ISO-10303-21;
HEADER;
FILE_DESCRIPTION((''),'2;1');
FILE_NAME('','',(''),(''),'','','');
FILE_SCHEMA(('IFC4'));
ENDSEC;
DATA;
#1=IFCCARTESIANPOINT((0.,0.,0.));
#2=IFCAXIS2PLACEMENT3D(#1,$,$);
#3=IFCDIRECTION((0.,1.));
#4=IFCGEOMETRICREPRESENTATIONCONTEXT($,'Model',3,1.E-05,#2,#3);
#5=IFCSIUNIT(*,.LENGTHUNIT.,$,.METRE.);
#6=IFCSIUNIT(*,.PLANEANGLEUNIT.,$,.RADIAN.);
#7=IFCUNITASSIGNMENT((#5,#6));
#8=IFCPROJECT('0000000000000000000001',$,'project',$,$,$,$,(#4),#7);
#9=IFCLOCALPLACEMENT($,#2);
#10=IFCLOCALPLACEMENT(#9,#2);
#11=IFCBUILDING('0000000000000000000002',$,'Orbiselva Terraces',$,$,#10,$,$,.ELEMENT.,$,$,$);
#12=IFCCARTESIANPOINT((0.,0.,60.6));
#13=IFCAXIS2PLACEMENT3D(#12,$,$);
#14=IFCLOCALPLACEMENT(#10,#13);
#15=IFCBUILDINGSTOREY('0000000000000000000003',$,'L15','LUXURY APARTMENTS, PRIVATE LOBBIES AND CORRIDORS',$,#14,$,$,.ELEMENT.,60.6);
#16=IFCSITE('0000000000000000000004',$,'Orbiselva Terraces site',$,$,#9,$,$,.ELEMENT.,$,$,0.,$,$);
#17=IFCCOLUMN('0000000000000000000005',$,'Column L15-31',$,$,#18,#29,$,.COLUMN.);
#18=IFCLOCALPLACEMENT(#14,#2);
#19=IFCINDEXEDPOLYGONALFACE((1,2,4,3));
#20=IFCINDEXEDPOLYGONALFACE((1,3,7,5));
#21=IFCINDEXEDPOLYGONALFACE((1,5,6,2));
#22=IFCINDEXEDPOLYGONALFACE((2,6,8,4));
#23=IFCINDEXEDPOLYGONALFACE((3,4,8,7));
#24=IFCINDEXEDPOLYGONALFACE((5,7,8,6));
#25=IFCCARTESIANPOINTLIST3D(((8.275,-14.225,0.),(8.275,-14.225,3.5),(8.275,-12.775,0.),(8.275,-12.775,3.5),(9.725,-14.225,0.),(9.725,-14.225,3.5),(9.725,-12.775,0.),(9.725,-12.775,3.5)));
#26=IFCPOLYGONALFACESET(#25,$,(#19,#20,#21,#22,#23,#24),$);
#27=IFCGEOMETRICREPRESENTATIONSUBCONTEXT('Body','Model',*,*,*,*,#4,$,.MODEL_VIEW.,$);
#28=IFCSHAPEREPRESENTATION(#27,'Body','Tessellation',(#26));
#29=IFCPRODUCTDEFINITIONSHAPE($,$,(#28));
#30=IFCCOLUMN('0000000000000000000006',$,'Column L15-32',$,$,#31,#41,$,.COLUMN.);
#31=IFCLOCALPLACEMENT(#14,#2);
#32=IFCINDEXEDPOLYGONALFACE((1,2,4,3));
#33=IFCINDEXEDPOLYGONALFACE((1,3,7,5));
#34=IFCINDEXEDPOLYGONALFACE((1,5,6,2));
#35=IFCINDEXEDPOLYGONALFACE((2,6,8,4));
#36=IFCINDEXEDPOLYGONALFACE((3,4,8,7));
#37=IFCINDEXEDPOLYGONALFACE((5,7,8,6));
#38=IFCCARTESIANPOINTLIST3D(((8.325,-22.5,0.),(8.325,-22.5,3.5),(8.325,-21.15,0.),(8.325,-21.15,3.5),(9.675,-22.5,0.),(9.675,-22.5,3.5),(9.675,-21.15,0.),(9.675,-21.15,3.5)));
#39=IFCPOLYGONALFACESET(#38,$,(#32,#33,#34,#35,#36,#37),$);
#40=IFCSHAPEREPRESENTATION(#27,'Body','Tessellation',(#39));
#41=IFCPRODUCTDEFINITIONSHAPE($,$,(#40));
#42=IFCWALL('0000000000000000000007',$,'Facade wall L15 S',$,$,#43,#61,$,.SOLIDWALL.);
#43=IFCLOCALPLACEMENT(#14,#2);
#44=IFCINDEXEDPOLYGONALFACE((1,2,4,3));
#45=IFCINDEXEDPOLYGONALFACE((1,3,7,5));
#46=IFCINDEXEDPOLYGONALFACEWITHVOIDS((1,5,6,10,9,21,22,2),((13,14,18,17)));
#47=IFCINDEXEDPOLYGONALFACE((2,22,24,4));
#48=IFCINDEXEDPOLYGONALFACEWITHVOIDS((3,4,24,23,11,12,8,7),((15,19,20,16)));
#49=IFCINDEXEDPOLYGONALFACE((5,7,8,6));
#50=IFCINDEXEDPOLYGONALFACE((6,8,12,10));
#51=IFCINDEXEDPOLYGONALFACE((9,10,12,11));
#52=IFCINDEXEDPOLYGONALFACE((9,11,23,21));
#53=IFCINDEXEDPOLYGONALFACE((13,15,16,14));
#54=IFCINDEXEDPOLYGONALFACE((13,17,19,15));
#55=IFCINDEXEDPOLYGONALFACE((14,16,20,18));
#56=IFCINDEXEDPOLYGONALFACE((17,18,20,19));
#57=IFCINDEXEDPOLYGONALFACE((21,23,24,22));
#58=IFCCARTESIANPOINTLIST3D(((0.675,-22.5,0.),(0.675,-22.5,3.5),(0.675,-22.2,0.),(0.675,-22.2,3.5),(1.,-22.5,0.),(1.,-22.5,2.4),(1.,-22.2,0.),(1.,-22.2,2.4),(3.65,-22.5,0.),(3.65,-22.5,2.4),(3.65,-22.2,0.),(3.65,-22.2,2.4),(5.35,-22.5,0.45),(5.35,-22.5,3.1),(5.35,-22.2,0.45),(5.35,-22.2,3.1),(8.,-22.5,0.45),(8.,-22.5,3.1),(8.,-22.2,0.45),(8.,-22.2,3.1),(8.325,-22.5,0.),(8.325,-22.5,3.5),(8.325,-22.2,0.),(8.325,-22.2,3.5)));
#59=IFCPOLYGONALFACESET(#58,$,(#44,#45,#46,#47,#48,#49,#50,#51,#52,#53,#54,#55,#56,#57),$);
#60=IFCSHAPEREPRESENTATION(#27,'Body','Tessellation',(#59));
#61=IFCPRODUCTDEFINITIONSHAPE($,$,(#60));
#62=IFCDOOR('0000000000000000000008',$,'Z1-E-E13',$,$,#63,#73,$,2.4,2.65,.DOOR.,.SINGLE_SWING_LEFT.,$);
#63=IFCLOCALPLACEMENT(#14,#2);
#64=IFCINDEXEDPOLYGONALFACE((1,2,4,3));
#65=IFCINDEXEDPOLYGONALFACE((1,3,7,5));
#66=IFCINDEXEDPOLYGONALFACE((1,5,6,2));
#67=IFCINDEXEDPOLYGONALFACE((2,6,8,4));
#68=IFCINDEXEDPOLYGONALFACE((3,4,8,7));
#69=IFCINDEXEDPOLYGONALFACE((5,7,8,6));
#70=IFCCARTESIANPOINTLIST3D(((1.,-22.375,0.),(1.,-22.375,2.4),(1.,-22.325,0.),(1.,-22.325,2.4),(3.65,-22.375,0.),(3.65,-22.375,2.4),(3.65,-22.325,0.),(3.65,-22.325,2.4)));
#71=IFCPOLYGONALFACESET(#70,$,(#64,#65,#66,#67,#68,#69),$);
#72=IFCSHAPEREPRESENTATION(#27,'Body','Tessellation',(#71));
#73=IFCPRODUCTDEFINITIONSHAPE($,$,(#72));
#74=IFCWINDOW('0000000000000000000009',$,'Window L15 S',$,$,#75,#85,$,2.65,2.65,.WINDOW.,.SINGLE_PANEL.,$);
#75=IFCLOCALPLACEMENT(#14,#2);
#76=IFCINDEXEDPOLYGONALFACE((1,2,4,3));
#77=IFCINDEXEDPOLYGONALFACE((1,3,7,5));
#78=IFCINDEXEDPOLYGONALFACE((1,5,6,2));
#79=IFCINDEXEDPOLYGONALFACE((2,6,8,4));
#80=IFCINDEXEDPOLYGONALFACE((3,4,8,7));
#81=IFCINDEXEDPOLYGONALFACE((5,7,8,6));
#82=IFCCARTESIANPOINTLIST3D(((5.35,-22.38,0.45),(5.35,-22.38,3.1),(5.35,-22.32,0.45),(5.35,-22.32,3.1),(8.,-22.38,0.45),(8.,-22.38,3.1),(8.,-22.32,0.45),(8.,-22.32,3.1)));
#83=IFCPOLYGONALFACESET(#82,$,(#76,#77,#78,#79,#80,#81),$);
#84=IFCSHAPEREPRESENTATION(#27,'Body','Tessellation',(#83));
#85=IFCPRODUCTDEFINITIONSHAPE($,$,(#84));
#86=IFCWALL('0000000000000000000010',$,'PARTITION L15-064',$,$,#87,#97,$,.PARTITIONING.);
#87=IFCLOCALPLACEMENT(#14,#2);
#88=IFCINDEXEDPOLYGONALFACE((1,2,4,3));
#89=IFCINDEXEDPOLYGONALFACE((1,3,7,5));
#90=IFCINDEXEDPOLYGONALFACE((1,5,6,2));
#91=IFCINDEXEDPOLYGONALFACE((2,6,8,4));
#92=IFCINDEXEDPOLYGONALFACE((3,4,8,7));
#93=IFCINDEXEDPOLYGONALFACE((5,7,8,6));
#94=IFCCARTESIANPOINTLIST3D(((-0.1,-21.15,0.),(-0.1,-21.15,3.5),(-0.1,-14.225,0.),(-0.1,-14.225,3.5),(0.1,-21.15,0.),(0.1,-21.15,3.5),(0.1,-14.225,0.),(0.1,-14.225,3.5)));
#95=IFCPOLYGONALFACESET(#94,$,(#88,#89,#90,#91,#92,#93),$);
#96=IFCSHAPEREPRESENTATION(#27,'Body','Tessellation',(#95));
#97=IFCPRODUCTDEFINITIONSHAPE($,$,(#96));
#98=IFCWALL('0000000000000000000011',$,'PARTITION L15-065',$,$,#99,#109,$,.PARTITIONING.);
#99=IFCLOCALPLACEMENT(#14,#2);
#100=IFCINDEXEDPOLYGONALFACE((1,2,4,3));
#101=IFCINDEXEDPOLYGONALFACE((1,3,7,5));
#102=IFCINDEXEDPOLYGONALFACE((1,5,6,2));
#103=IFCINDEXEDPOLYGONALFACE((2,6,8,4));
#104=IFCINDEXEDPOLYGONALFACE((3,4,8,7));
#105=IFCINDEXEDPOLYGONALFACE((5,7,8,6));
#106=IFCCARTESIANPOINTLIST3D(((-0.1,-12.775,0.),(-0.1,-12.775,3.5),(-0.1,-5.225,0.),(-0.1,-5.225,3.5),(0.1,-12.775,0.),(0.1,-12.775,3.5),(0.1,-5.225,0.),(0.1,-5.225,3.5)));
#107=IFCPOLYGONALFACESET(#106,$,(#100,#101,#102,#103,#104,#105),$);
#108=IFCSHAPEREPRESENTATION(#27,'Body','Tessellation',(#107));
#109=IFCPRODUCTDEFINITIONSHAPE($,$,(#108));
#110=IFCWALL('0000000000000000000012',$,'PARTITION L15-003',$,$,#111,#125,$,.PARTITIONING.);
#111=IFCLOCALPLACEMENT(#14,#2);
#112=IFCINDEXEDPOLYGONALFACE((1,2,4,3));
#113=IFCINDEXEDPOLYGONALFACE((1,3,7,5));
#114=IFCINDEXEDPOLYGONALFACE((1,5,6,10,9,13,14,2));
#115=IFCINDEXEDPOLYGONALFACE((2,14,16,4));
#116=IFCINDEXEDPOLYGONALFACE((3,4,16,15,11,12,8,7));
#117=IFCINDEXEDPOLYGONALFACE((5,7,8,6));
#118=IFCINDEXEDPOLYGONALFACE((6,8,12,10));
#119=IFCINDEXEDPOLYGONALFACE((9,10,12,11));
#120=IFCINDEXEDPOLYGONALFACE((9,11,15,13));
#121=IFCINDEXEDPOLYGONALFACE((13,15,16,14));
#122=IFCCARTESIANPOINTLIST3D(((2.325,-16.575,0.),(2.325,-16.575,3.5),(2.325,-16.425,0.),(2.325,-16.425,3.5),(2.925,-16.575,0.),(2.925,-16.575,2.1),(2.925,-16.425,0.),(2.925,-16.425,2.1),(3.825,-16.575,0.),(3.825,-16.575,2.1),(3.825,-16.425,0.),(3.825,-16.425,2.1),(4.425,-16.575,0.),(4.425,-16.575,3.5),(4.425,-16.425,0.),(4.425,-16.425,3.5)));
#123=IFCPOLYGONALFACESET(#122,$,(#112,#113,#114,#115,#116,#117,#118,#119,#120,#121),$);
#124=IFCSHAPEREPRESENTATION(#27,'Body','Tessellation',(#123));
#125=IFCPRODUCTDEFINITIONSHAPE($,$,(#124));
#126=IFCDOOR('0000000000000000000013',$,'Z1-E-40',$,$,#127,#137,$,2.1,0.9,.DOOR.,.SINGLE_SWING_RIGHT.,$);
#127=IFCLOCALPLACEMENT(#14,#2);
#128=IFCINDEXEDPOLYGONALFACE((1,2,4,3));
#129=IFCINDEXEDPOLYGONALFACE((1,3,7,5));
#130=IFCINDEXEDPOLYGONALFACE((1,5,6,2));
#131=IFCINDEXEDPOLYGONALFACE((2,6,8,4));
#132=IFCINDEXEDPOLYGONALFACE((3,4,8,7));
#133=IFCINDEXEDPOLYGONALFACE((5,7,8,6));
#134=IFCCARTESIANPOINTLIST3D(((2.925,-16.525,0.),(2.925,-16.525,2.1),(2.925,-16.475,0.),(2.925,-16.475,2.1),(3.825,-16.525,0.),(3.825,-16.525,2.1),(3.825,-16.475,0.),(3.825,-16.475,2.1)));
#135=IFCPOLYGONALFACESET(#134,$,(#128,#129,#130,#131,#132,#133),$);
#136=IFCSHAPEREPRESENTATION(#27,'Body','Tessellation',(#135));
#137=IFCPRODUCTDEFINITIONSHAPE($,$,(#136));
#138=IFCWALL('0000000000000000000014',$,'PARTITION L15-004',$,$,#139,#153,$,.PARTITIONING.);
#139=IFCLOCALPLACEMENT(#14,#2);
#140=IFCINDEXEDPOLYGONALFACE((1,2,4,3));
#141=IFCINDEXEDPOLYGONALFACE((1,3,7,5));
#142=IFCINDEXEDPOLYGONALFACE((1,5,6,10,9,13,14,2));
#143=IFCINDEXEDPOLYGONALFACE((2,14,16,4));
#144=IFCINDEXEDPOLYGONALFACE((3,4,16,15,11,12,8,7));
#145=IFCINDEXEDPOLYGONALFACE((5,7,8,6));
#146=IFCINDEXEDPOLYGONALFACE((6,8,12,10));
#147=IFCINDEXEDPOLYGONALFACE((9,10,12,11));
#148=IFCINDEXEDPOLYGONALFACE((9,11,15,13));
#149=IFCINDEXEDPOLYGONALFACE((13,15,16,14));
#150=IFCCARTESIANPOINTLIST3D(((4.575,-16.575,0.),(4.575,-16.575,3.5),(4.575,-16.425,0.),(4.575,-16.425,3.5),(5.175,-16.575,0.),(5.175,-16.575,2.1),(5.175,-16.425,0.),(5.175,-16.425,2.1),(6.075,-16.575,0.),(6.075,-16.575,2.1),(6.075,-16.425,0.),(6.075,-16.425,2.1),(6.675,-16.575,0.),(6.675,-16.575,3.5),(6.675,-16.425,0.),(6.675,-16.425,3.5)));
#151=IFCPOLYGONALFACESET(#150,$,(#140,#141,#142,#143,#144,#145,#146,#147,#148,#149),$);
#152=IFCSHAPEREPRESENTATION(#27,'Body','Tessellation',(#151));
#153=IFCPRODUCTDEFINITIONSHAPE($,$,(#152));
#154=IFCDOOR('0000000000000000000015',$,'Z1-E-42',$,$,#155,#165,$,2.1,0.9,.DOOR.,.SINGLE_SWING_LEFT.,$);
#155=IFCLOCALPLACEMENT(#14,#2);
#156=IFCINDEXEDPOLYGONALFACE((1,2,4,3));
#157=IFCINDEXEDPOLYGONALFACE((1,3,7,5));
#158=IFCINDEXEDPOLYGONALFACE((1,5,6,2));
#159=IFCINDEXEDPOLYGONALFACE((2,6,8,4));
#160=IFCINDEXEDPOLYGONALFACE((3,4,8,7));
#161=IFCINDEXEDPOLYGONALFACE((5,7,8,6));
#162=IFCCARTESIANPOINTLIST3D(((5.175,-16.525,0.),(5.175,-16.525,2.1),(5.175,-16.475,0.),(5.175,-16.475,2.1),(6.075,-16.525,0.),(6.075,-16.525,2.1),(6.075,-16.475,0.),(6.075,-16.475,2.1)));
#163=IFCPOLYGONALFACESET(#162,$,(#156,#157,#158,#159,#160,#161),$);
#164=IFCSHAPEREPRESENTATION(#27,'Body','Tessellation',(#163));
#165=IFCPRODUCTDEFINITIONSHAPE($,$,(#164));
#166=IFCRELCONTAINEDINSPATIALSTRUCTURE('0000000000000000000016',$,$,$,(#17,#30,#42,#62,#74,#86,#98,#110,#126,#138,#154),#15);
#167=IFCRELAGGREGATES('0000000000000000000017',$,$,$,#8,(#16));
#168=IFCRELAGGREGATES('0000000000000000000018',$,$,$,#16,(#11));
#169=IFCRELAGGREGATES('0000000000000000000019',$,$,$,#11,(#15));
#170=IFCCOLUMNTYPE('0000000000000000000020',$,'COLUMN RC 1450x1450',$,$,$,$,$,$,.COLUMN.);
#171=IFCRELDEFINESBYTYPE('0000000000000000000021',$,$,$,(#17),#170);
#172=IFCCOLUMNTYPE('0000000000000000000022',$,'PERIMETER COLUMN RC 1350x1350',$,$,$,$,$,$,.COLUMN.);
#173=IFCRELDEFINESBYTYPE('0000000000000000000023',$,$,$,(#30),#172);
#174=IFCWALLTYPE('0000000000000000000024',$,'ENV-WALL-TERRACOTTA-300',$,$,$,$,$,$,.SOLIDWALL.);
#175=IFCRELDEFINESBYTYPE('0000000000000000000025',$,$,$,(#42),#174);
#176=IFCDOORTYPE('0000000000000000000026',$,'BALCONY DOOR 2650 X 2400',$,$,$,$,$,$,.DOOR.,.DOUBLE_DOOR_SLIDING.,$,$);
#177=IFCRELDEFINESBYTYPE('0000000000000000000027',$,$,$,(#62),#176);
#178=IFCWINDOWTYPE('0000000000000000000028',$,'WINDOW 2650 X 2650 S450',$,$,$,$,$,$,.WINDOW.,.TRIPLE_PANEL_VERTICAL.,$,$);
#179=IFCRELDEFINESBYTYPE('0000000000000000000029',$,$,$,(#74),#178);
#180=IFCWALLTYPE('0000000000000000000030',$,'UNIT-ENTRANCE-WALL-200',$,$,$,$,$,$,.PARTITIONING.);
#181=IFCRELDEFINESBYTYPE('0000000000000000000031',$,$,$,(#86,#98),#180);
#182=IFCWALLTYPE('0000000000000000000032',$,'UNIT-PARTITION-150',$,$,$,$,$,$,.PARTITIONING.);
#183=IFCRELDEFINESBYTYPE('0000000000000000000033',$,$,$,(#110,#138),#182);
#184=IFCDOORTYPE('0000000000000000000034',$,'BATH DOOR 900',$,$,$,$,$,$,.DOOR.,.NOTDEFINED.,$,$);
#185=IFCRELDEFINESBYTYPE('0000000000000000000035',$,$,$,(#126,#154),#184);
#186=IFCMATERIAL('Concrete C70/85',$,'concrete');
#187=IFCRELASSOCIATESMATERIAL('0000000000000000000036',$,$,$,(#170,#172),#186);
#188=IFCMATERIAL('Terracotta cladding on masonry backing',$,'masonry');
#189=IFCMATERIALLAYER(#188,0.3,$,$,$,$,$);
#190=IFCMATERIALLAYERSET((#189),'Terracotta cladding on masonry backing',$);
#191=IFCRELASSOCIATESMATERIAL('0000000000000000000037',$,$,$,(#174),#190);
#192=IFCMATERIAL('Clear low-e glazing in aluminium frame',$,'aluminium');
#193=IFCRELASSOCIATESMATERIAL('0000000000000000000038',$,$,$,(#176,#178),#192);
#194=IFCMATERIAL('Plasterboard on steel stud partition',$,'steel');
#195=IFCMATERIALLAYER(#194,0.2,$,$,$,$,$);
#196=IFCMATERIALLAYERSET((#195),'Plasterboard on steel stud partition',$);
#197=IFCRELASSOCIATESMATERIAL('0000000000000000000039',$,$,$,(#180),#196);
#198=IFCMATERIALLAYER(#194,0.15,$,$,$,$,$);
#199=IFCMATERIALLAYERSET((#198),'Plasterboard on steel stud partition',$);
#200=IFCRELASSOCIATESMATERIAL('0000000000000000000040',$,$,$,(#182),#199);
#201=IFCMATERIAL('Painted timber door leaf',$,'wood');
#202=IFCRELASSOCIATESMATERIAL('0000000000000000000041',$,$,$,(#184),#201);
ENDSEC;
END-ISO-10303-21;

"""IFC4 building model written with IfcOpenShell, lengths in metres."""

from ifc_helpers import new_model, si_unit, direction, frame, frame_2d, origin, origin_2d, place, context, subcontext, project, spatial, rectangle, extrude, material, layer, layer_set, material_profile, profile_set, type_object, element, fill, save


model = new_model("IFC4")

# Units and contexts
model_context = context("Model", 3, precision=1e-05, world=origin(), true_north=direction((0.0, 1.0)))
body_context = subcontext(model_context, "Body", "Model", "MODEL_VIEW")
ifc_project = project(units=[si_unit("LENGTHUNIT", "METRE"), si_unit("PLANEANGLEUNIT", "RADIAN")], contexts=[model_context])

# Site, building, storey
site_placement = place(None, origin())
site = spatial("IfcSite", under=ifc_project, at=site_placement, Name="Orbiselva Terraces site", CompositionType="ELEMENT", RefElevation=0.0)
building_placement = place(site_placement, origin())
building = spatial("IfcBuilding", under=site, at=building_placement, Name="Orbiselva Terraces", CompositionType="ELEMENT")
storey_placement = place(building_placement, frame((0.0, 0.0, 60.6)))
storey = spatial("IfcBuildingStorey", under=building, at=storey_placement, Name="L15", Description="LUXURY APARTMENTS, PRIVATE LOBBIES AND CORRIDORS", CompositionType="ELEMENT", Elevation=60.6)

# Columns
ifc_material_1 = material(Name="Concrete C70/85", Category="concrete")
ifc_material_profile_1 = material_profile(ifc_material_1, rectangle(XDim=1.45, YDim=1.45, at=origin_2d()), Name="RC 1450x1450")
ifc_profile_set_1 = profile_set([ifc_material_profile_1], Name="Concrete C70/85")
column_type_1 = type_object("IfcColumnType", Name="COLUMN RC 1450x1450", PredefinedType="COLUMN", material=ifc_profile_set_1)
column_1_placement = place(storey_placement, frame((9.0, -13.5, 0.0), z_axis=(0.0, 0.0, 1.0), x_axis=(1.0, 0.0, 0.0)))
element("IfcColumn", 1, at=column_1_placement, inside=storey, type_object=column_type_1, Name="Column L15-31", PredefinedType="COLUMN", context=body_context, shape_type="SweptSolid", body=[
    extrude(rectangle(XDim=1.45, YDim=1.45, at=origin_2d()), origin(), (0.0, 0.0, 1.0), 3.5),
])
ifc_material_profile_2 = material_profile(ifc_material_1, rectangle(XDim=1.35, YDim=1.35, at=origin_2d()), Name="RC 1350x1350")
ifc_profile_set_2 = profile_set([ifc_material_profile_2], Name="Concrete C70/85")
column_type_2 = type_object("IfcColumnType", Name="PERIMETER COLUMN RC 1350x1350", PredefinedType="COLUMN", material=ifc_profile_set_2)
column_2_placement = place(storey_placement, frame((9.0, -21.825, 0.0), z_axis=(0.0, 0.0, 1.0), x_axis=(1.0, 0.0, 0.0)))
element("IfcColumn", 2, at=column_2_placement, inside=storey, type_object=column_type_2, Name="Column L15-32", PredefinedType="COLUMN", context=body_context, shape_type="SweptSolid", body=[
    extrude(rectangle(XDim=1.35, YDim=1.35, at=origin_2d()), origin(), (0.0, 0.0, 1.0), 3.5),
])

# Wall, openings, door, window
ifc_material_2 = material(Name="Terracotta cladding on masonry backing", Category="masonry")
ifc_layer_1 = layer(ifc_material_2, 0.3)
ifc_layer_set_1 = layer_set([ifc_layer_1], Name="Terracotta cladding on masonry backing")
wall_type_1 = type_object("IfcWallType", Name="ENV-WALL-TERRACOTTA-300", PredefinedType="SOLIDWALL", material=ifc_layer_set_1)
wall_1_placement = place(storey_placement, frame((8.325, -22.35, 0.0), z_axis=(0.0, 0.0, 1.0), x_axis=(-1.0, 0.0, 0.0)))
wall_1 = element("IfcWall", 3, at=wall_1_placement, inside=storey, type_object=wall_type_1, Name="Facade wall L15 S", PredefinedType="SOLIDWALL", context=body_context, shape_type="SweptSolid", body=[
    extrude(rectangle(XDim=7.65, YDim=0.3, at=frame_2d((3.825, 0.0))), origin(), (0.0, 0.0, 1.0), 3.5),
])
opening_1_placement = place(wall_1_placement, frame((4.675, 0.0, 0.0)))
opening_1 = element("IfcOpeningElement", 4, at=opening_1_placement, cuts=wall_1, PredefinedType="OPENING", context=body_context, shape_type="SweptSolid", body=[
    extrude(rectangle(XDim=2.65, YDim=2.4, at=frame_2d((1.325, 1.2))), frame((0.0, 0.16, 0.0), z_axis=(0.0, -1.0, 0.0), x_axis=(1.0, 0.0, 0.0)), (0.0, 0.0, 1.0), 0.32),
])
opening_2_placement = place(wall_1_placement, frame((0.325, 0.0, 0.45)))
opening_2 = element("IfcOpeningElement", 5, at=opening_2_placement, cuts=wall_1, PredefinedType="OPENING", context=body_context, shape_type="SweptSolid", body=[
    extrude(rectangle(XDim=2.65, YDim=2.65, at=frame_2d((1.325, 1.325))), frame((0.0, 0.16, 0.0), z_axis=(0.0, -1.0, 0.0), x_axis=(1.0, 0.0, 0.0)), (0.0, 0.0, 1.0), 0.32),
])
ifc_material_3 = material(Name="Clear low-e glazing in aluminium frame", Category="aluminium")
door_type_1 = type_object("IfcDoorType", Name="BALCONY DOOR 2650 X 2400", OperationType="DOUBLE_DOOR_SLIDING", PredefinedType="DOOR", material=ifc_material_3)
door_1_placement = place(opening_1_placement, origin())
door_1 = element("IfcDoor", 6, at=door_1_placement, inside=storey, type_object=door_type_1, Name="Z1-E-E13", OperationType="SINGLE_SWING_LEFT", OverallHeight=2.4, OverallWidth=2.65, PredefinedType="DOOR", context=body_context, shape_type="SweptSolid", body=[
    extrude(rectangle(XDim=2.65, YDim=2.4, at=frame_2d((1.325, 1.2))), frame((0.0, 0.025, 0.0), z_axis=(0.0, -1.0, 0.0), x_axis=(1.0, 0.0, 0.0)), (0.0, 0.0, 1.0), 0.05),
])
fill(opening_1, door_1)
window_type = type_object("IfcWindowType", Name="WINDOW 2650 X 2650 S450", PartitioningType="TRIPLE_PANEL_VERTICAL", PredefinedType="WINDOW", material=ifc_material_3)
window_placement = place(opening_2_placement, origin())
window = element("IfcWindow", 7, at=window_placement, inside=storey, type_object=window_type, Name="Window L15 S", OverallHeight=2.65, OverallWidth=2.65, PartitioningType="SINGLE_PANEL", PredefinedType="WINDOW", context=body_context, shape_type="SweptSolid", body=[
    extrude(rectangle(XDim=2.65, YDim=2.65, at=frame_2d((1.325, 1.325))), frame((0.0, 0.03, 0.0), z_axis=(0.0, -1.0, 0.0), x_axis=(1.0, 0.0, 0.0)), (0.0, 0.0, 1.0), 0.06),
])
fill(opening_2, window)

# Walls
ifc_material_4 = material(Name="Plasterboard on steel stud partition", Category="steel")
ifc_layer_2 = layer(ifc_material_4, 0.2)
ifc_layer_set_2 = layer_set([ifc_layer_2], Name="Plasterboard on steel stud partition")
wall_type_2 = type_object("IfcWallType", Name="UNIT-ENTRANCE-WALL-200", PredefinedType="PARTITIONING", material=ifc_layer_set_2)
wall_2_placement = place(storey_placement, frame((0.0, -21.15, 0.0), z_axis=(0.0, 0.0, 1.0), x_axis=(0.0, 1.0, 0.0)))
element("IfcWall", 8, at=wall_2_placement, inside=storey, type_object=wall_type_2, Name="PARTITION L15-064", PredefinedType="PARTITIONING", context=body_context, shape_type="SweptSolid", body=[
    extrude(rectangle(XDim=6.925, YDim=0.2, at=frame_2d((3.4625, 0.0))), origin(), (0.0, 0.0, 1.0), 3.5),
])
wall_3_placement = place(storey_placement, frame((0.0, -12.775, 0.0), z_axis=(0.0, 0.0, 1.0), x_axis=(0.0, 1.0, 0.0)))
element("IfcWall", 9, at=wall_3_placement, inside=storey, type_object=wall_type_2, Name="PARTITION L15-065", PredefinedType="PARTITIONING", context=body_context, shape_type="SweptSolid", body=[
    extrude(rectangle(XDim=7.55, YDim=0.2, at=frame_2d((3.775, 0.0))), origin(), (0.0, 0.0, 1.0), 3.5),
])

# Walls, openings, doors
ifc_layer_3 = layer(ifc_material_4, 0.15)
ifc_layer_set_3 = layer_set([ifc_layer_3], Name="Plasterboard on steel stud partition")
wall_type_3 = type_object("IfcWallType", Name="UNIT-PARTITION-150", PredefinedType="PARTITIONING", material=ifc_layer_set_3)
wall_4_placement = place(storey_placement, frame((2.325, -16.5, 0.0), z_axis=(0.0, 0.0, 1.0), x_axis=(1.0, 0.0, 0.0)))
wall_4 = element("IfcWall", 10, at=wall_4_placement, inside=storey, type_object=wall_type_3, Name="PARTITION L15-003", PredefinedType="PARTITIONING", context=body_context, shape_type="SweptSolid", body=[
    extrude(rectangle(XDim=2.1, YDim=0.15, at=frame_2d((1.05, 0.0))), origin(), (0.0, 0.0, 1.0), 3.5),
])
opening_3_placement = place(wall_4_placement, frame((0.6, 0.0, 0.0)))
opening_3 = element("IfcOpeningElement", 11, at=opening_3_placement, cuts=wall_4, PredefinedType="OPENING", context=body_context, shape_type="SweptSolid", body=[
    extrude(rectangle(XDim=0.9, YDim=2.1, at=frame_2d((0.45, 1.05))), frame((0.0, 0.085, 0.0), z_axis=(0.0, -1.0, 0.0), x_axis=(1.0, 0.0, 0.0)), (0.0, 0.0, 1.0), 0.17),
])
ifc_material_5 = material(Name="Painted timber door leaf", Category="wood")
door_type_2 = type_object("IfcDoorType", Name="BATH DOOR 900", OperationType="NOTDEFINED", PredefinedType="DOOR", material=ifc_material_5)
door_2_placement = place(opening_3_placement, origin())
door_2 = element("IfcDoor", 12, at=door_2_placement, inside=storey, type_object=door_type_2, Name="Z1-E-40", OperationType="SINGLE_SWING_RIGHT", OverallHeight=2.1, OverallWidth=0.9, PredefinedType="DOOR", context=body_context, shape_type="SweptSolid", body=[
    extrude(rectangle(XDim=0.9, YDim=2.1, at=frame_2d((0.45, 1.05))), frame((0.0, 0.025, 0.0), z_axis=(0.0, -1.0, 0.0), x_axis=(1.0, 0.0, 0.0)), (0.0, 0.0, 1.0), 0.05),
])
fill(opening_3, door_2)
wall_5_placement = place(storey_placement, frame((4.575, -16.5, 0.0), z_axis=(0.0, 0.0, 1.0), x_axis=(1.0, 0.0, 0.0)))
wall_5 = element("IfcWall", 13, at=wall_5_placement, inside=storey, type_object=wall_type_3, Name="PARTITION L15-004", PredefinedType="PARTITIONING", context=body_context, shape_type="SweptSolid", body=[
    extrude(rectangle(XDim=2.1, YDim=0.15, at=frame_2d((1.05, 0.0))), origin(), (0.0, 0.0, 1.0), 3.5),
])
opening_4_placement = place(wall_5_placement, frame((0.6, 0.0, 0.0)))
opening_4 = element("IfcOpeningElement", 14, at=opening_4_placement, cuts=wall_5, PredefinedType="OPENING", context=body_context, shape_type="SweptSolid", body=[
    extrude(rectangle(XDim=0.9, YDim=2.1, at=frame_2d((0.45, 1.05))), frame((0.0, 0.085, 0.0), z_axis=(0.0, -1.0, 0.0), x_axis=(1.0, 0.0, 0.0)), (0.0, 0.0, 1.0), 0.17),
])
door_3_placement = place(opening_4_placement, origin())
door_3 = element("IfcDoor", 15, at=door_3_placement, inside=storey, type_object=door_type_2, Name="Z1-E-42", OperationType="SINGLE_SWING_LEFT", OverallHeight=2.1, OverallWidth=0.9, PredefinedType="DOOR", context=body_context, shape_type="SweptSolid", body=[
    extrude(rectangle(XDim=0.9, YDim=2.1, at=frame_2d((0.45, 1.05))), frame((0.0, 0.025, 0.0), z_axis=(0.0, -1.0, 0.0), x_axis=(1.0, 0.0, 0.0)), (0.0, 0.0, 1.0), 0.05),
])
fill(opening_4, door_3)

save(model, "model.ifc")
